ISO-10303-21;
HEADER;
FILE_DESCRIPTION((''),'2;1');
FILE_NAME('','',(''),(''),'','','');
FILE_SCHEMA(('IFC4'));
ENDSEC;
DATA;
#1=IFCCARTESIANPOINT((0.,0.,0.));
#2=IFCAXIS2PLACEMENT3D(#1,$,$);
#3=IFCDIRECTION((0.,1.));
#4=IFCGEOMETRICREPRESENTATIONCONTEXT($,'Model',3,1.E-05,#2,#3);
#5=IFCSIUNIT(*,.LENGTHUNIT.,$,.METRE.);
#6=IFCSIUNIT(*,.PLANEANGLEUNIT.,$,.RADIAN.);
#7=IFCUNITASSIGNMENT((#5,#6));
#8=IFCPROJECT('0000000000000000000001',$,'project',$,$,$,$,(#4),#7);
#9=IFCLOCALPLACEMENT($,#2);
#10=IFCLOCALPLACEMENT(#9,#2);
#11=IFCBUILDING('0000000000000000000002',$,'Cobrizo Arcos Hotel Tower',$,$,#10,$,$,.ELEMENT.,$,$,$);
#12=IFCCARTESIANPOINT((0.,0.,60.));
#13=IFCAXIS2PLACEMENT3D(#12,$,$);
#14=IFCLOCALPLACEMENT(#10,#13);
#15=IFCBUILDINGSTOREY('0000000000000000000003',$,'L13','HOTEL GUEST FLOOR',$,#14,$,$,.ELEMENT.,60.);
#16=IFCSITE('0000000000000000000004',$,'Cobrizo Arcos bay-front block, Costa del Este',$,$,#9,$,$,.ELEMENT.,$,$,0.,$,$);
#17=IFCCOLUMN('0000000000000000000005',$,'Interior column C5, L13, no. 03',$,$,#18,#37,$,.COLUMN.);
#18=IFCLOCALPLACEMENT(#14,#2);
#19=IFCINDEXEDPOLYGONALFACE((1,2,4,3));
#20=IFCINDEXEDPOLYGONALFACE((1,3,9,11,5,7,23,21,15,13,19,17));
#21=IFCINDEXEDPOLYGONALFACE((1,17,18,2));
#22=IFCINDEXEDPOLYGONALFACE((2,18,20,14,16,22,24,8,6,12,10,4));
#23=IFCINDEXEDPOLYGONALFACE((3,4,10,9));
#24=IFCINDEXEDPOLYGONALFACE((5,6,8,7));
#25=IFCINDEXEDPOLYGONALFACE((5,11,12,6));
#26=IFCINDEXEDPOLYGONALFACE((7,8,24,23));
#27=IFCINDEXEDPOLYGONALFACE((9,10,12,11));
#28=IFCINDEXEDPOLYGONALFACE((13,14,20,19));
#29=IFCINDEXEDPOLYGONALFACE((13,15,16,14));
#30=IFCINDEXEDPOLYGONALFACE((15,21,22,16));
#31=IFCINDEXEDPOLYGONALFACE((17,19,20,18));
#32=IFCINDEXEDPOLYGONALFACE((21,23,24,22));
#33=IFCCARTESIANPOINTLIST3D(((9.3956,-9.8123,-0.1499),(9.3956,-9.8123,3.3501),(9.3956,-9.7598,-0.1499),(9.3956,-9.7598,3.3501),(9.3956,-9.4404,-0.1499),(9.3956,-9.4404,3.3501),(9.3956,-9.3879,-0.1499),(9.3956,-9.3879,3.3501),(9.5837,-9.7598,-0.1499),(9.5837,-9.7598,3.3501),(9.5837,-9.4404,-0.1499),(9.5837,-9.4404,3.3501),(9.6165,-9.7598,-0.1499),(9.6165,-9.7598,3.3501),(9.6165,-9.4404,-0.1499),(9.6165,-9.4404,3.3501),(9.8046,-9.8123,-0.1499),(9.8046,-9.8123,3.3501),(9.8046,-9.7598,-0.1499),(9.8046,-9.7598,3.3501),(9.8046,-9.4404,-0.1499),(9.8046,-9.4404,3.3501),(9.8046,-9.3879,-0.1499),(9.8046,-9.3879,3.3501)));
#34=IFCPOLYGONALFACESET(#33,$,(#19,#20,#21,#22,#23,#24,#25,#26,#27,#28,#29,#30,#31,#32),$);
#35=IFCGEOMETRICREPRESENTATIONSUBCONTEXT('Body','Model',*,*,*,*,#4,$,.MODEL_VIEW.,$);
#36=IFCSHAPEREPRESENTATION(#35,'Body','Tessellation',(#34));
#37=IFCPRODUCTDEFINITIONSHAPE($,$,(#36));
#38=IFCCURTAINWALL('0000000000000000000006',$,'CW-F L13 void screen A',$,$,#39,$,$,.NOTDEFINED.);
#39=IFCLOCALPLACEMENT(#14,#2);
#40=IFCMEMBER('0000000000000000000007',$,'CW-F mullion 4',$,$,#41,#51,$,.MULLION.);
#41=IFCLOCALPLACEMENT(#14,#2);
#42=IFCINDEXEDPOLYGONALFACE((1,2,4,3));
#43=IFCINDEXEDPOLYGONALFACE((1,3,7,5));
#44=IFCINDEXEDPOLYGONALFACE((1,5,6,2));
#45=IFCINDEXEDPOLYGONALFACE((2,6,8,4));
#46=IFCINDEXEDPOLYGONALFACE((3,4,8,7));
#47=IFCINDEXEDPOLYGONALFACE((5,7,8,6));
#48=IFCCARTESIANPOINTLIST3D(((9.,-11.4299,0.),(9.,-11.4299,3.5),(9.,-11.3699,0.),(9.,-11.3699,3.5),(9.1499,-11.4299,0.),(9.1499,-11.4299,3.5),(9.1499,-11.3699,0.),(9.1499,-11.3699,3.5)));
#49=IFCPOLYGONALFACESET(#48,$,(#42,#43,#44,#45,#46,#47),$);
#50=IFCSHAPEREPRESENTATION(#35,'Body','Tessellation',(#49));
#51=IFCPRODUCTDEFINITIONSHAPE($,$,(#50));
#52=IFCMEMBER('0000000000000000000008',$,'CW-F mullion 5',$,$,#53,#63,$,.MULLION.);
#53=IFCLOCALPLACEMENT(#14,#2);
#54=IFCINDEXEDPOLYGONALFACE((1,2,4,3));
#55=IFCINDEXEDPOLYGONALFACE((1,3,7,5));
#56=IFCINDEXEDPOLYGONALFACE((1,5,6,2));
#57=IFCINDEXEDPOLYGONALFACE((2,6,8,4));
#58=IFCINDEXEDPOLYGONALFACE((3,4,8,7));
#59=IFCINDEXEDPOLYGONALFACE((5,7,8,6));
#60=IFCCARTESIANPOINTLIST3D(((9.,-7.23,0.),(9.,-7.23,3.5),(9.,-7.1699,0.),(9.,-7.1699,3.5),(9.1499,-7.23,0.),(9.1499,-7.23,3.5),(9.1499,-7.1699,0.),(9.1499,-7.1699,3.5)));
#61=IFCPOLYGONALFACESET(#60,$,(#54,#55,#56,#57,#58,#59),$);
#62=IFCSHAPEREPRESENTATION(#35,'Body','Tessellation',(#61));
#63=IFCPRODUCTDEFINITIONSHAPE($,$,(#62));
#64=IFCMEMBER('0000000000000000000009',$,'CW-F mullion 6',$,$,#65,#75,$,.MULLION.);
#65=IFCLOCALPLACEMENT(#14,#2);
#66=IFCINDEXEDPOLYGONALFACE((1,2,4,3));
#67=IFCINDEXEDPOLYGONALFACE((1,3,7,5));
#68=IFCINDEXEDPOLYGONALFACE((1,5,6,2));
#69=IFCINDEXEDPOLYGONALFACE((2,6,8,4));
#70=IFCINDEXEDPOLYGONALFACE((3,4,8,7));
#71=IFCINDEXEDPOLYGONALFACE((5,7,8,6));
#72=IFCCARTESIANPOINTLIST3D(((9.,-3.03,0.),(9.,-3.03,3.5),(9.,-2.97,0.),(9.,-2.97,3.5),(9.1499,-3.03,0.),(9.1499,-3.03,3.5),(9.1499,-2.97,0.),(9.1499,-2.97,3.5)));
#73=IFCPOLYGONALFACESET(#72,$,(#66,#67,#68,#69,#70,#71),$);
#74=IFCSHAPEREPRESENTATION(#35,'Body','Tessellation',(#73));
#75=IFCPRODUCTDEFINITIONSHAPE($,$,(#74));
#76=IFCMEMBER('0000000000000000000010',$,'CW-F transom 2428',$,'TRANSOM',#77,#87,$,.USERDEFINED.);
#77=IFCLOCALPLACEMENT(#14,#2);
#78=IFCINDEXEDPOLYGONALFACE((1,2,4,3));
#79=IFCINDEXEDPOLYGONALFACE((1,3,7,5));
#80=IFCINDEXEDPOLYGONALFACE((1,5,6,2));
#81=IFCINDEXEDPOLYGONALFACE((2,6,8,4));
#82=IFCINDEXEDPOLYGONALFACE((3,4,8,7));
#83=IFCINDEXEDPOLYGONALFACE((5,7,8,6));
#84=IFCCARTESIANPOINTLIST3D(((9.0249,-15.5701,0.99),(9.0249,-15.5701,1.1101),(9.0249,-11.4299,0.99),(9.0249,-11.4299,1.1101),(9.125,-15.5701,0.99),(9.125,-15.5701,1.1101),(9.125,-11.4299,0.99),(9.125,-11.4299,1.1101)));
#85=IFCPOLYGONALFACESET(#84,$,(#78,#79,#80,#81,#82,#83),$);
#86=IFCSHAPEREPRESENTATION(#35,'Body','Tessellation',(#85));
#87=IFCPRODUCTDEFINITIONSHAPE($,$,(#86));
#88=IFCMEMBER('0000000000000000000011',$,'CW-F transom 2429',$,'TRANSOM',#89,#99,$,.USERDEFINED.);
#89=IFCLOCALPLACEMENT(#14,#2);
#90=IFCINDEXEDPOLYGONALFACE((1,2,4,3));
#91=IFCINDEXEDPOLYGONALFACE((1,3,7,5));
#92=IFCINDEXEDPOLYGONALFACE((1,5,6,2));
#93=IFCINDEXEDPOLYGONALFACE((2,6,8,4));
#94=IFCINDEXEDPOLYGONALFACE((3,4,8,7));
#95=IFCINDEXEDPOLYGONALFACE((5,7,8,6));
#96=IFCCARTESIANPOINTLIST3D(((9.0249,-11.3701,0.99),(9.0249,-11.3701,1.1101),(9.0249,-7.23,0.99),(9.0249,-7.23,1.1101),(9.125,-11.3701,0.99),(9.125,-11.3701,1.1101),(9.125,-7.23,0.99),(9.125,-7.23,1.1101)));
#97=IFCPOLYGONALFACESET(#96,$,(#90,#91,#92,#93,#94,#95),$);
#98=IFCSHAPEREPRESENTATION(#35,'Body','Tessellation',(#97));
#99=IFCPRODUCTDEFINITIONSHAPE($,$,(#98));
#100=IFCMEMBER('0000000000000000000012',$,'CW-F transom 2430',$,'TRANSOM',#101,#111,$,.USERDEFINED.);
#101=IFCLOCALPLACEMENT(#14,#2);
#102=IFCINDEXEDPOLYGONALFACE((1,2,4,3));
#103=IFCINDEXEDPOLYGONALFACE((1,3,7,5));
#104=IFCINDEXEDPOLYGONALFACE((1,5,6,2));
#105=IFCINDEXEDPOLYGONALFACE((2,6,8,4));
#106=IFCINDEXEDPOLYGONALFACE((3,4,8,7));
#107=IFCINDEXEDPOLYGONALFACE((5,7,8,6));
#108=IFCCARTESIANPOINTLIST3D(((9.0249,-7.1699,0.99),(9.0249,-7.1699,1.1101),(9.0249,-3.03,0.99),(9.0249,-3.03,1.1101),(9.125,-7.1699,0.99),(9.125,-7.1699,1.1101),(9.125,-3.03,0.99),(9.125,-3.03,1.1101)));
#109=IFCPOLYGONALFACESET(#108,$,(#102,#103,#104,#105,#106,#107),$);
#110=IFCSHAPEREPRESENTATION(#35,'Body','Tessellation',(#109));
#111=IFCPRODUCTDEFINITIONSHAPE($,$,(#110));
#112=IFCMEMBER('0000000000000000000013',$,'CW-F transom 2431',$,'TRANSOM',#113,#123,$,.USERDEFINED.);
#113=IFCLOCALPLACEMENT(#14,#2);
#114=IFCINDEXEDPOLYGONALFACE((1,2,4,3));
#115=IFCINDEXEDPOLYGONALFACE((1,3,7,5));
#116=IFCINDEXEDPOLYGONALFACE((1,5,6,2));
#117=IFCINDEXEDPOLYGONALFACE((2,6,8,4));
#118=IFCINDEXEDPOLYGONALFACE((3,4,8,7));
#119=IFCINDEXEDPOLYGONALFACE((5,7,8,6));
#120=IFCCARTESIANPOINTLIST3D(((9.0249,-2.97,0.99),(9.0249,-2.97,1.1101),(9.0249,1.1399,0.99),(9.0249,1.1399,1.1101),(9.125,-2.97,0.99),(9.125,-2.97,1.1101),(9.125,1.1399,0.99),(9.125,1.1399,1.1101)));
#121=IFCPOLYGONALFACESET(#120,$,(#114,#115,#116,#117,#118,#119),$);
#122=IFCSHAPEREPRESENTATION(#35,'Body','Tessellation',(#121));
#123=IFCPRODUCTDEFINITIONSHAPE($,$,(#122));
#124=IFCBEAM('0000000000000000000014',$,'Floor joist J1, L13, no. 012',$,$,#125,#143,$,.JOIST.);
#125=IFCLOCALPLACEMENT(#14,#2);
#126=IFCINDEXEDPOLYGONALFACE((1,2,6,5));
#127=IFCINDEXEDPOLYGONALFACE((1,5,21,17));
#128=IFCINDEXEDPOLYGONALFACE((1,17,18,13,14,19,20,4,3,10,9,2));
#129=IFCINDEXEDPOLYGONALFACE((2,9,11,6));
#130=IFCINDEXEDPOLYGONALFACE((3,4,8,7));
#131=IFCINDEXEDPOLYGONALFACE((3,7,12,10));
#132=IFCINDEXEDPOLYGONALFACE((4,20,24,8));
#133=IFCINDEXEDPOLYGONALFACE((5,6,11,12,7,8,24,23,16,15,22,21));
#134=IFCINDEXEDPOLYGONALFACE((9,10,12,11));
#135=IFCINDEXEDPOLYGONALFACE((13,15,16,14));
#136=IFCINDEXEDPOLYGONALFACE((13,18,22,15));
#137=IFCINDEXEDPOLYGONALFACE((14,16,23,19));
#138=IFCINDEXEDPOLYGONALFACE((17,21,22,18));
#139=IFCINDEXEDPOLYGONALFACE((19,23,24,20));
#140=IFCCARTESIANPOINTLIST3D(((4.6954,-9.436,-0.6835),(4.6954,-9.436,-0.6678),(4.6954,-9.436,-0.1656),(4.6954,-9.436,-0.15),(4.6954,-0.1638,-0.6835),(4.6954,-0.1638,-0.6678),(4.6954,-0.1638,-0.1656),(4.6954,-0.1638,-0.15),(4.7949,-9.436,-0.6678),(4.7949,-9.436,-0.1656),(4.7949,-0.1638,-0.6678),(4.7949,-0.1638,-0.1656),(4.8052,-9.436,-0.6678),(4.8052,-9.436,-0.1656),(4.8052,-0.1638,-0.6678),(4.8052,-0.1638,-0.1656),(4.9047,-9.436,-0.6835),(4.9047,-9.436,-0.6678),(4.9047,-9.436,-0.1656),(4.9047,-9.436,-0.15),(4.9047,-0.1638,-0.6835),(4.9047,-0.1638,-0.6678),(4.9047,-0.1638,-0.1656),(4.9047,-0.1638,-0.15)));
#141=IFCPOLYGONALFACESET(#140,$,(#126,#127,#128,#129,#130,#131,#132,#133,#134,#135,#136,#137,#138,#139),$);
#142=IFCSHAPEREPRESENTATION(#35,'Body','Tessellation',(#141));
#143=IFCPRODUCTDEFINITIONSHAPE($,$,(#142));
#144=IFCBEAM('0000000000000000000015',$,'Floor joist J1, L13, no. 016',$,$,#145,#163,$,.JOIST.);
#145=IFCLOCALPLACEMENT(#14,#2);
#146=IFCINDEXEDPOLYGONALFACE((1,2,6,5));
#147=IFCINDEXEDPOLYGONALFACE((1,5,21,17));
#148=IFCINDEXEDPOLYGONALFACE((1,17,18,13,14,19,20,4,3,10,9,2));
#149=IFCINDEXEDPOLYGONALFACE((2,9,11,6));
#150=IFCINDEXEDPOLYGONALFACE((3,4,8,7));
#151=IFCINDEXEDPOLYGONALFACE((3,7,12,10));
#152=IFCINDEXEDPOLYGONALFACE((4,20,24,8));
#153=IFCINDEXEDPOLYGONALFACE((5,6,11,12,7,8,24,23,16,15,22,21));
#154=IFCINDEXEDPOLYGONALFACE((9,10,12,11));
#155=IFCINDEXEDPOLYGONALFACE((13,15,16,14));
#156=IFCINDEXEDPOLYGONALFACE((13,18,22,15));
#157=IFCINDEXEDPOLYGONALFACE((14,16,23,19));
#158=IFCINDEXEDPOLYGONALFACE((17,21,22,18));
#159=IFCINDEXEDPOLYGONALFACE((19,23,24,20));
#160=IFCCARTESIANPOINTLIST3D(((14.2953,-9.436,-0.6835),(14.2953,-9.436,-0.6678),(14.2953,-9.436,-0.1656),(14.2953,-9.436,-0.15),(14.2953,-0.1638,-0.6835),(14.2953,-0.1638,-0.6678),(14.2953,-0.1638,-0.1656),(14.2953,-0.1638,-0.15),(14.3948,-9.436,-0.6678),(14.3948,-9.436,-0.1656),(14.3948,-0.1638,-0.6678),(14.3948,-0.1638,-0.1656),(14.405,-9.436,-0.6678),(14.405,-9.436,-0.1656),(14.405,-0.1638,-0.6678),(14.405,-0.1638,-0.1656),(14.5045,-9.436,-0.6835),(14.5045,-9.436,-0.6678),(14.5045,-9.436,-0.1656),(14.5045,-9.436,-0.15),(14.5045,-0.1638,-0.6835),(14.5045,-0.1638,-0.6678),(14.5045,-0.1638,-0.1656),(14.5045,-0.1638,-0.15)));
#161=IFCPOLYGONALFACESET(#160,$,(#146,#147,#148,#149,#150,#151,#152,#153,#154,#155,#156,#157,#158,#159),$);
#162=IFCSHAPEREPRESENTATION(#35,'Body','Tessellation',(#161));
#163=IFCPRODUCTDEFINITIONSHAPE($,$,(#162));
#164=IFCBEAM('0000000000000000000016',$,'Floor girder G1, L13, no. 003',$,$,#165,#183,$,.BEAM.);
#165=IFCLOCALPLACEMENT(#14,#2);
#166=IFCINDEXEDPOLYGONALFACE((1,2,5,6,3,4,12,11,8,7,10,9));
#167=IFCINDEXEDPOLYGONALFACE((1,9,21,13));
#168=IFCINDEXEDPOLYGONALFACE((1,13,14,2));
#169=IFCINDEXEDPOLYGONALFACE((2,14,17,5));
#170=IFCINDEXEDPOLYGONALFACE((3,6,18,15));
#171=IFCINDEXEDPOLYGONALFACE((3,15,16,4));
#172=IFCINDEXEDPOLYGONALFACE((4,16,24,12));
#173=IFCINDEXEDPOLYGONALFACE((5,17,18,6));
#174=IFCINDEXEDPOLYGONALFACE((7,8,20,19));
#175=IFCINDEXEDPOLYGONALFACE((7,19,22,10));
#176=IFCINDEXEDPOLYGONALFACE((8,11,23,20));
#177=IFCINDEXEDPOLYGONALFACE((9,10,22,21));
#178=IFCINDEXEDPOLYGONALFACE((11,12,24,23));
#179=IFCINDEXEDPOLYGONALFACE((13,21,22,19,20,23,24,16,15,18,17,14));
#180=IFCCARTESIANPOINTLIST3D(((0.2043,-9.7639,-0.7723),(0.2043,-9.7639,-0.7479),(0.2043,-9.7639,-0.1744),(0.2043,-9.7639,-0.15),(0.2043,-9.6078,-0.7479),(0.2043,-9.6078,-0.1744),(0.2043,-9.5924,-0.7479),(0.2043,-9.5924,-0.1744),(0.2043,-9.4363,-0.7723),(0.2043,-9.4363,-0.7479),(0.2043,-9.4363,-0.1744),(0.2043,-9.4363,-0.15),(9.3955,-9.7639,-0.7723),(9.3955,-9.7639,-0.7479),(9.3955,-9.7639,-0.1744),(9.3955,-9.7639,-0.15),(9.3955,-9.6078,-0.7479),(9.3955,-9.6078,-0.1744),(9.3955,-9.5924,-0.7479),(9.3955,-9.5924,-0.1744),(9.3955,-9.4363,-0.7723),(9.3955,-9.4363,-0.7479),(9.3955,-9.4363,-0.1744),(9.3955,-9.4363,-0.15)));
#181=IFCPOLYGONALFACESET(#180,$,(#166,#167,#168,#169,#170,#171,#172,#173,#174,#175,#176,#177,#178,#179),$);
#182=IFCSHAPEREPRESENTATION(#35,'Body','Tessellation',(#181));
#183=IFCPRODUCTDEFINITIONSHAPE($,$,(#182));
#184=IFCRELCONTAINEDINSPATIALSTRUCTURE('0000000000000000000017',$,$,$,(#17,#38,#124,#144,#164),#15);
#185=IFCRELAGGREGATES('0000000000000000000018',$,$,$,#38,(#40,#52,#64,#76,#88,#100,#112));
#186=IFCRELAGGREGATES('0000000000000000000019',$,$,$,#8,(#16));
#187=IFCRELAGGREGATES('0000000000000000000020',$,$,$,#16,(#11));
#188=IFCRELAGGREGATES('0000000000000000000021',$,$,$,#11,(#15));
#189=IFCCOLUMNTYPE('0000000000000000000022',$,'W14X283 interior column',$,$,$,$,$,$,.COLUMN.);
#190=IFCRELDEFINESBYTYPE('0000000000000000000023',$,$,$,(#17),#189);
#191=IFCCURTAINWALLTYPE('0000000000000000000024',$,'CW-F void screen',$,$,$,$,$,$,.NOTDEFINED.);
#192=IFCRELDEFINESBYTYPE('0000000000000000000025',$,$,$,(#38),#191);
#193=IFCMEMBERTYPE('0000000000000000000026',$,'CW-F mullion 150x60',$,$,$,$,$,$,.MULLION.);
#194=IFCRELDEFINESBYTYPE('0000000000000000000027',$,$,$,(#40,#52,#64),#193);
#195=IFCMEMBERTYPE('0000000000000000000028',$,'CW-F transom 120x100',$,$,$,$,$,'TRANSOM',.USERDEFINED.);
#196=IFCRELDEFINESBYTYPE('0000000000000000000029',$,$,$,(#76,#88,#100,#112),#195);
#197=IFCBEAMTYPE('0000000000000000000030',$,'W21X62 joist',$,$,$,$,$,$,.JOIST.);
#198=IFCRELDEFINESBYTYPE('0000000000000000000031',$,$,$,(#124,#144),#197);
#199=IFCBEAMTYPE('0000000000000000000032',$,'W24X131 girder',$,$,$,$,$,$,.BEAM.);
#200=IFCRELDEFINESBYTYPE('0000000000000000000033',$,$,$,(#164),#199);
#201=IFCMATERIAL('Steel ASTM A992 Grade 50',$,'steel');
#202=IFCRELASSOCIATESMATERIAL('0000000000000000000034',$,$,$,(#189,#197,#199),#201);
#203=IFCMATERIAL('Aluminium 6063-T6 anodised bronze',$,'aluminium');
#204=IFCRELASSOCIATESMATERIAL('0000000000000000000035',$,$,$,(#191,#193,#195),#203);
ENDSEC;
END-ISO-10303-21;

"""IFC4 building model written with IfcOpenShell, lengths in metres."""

from ifc_helpers import new_model, si_unit, direction, frame, origin, origin_2d, place, context, subcontext, project, spatial, rectangle, i_section, extrude, material, material_profile, profile_set, type_object, element, aggregate, save


model = new_model("IFC4")

# Units and contexts
model_context = context("Model", 3, precision=1e-05, world=origin(), true_north=direction((0.0, 1.0)))
body_context = subcontext(model_context, "Body", "Model", "MODEL_VIEW")
ifc_project = project(units=[si_unit("LENGTHUNIT", "METRE"), si_unit("PLANEANGLEUNIT", "RADIAN")], contexts=[model_context])

# Site, building, storey
site_placement = place(None, origin())
site = spatial("IfcSite", under=ifc_project, at=site_placement, Name="Cobrizo Arcos bay-front block, Costa del Este", CompositionType="ELEMENT", RefElevation=0.0)
building_placement = place(site_placement, origin())
building = spatial("IfcBuilding", under=site, at=building_placement, Name="Cobrizo Arcos Hotel Tower", CompositionType="ELEMENT")
storey_placement = place(building_placement, frame((0.0, 0.0, 60.0)))
storey = spatial("IfcBuildingStorey", under=building, at=storey_placement, Name="L13", Description="HOTEL GUEST FLOOR", CompositionType="ELEMENT", Elevation=60.0)

# Column
ifc_material_1 = material(Name="Steel ASTM A992 Grade 50", Category="steel")
ifc_material_profile_1 = material_profile(ifc_material_1, i_section(OverallWidth=0.4089, OverallDepth=0.4243, WebThickness=0.0327, FlangeThickness=0.0525, at=origin_2d()), Name="W14X283")
ifc_profile_set_1 = profile_set([ifc_material_profile_1], Name="Steel ASTM A992 Grade 50")
column_type = type_object("IfcColumnType", Name="W14X283 interior column", PredefinedType="COLUMN", material=ifc_profile_set_1)
column_placement = place(storey_placement, frame((9.6001, -9.6001, -0.1499), z_axis=(0.0, 0.0, 1.0), x_axis=(1.0, 0.0, 0.0)))
element("IfcColumn", 1, at=column_placement, inside=storey, type_object=column_type, Name="Interior column C5, L13, no. 03", PredefinedType="COLUMN", context=body_context, shape_type="SweptSolid", body=[
    extrude(i_section(OverallWidth=0.4089, OverallDepth=0.4243, WebThickness=0.0327, FlangeThickness=0.0525, at=origin_2d()), origin(), (0.0, 0.0, 1.0), 3.5),
])

# Curtain wall, members
ifc_material_2 = material(Name="Aluminium 6063-T6 anodised bronze", Category="aluminium")
curtain_wall_type = type_object("IfcCurtainWallType", Name="CW-F void screen", PredefinedType="NOTDEFINED", material=ifc_material_2)
curtain_wall_placement = place(storey_placement, origin())
curtain_wall = element("IfcCurtainWall", 2, at=curtain_wall_placement, inside=storey, type_object=curtain_wall_type, Name="CW-F L13 void screen A", PredefinedType="NOTDEFINED")
ifc_material_profile_2 = material_profile(ifc_material_2, rectangle(XDim=0.1499, YDim=0.0601, at=origin_2d()), Name="CW-F mullion 150x60")
ifc_profile_set_2 = profile_set([ifc_material_profile_2], Name="Aluminium 6063-T6 anodised bronze")
member_type_1 = type_object("IfcMemberType", Name="CW-F mullion 150x60", PredefinedType="MULLION", material=ifc_profile_set_2)
member_1_placement = place(storey_placement, frame((9.075, -11.3999, 0.0), z_axis=(0.0, 0.0, 1.0), x_axis=(1.0, 0.0, 0.0)))
member_1 = element("IfcMember", 3, at=member_1_placement, type_object=member_type_1, Name="CW-F mullion 4", PredefinedType="MULLION", context=body_context, shape_type="SweptSolid", body=[
    extrude(rectangle(XDim=0.1499, YDim=0.0601, at=origin_2d()), origin(), (0.0, 0.0, 1.0), 3.5),
])
member_2_placement = place(storey_placement, frame((9.075, -7.2, 0.0), z_axis=(0.0, 0.0, 1.0), x_axis=(1.0, 0.0, 0.0)))
member_2 = element("IfcMember", 4, at=member_2_placement, type_object=member_type_1, Name="CW-F mullion 5", PredefinedType="MULLION", context=body_context, shape_type="SweptSolid", body=[
    extrude(rectangle(XDim=0.1499, YDim=0.0601, at=origin_2d()), origin(), (0.0, 0.0, 1.0), 3.5),
])
member_3_placement = place(storey_placement, frame((9.075, -3.0, 0.0), z_axis=(0.0, 0.0, 1.0), x_axis=(1.0, 0.0, 0.0)))
member_3 = element("IfcMember", 5, at=member_3_placement, type_object=member_type_1, Name="CW-F mullion 6", PredefinedType="MULLION", context=body_context, shape_type="SweptSolid", body=[
    extrude(rectangle(XDim=0.1499, YDim=0.0601, at=origin_2d()), origin(), (0.0, 0.0, 1.0), 3.5),
])
ifc_material_profile_3 = material_profile(ifc_material_2, rectangle(XDim=0.1001, YDim=0.1201, at=origin_2d()), Name="CW-F transom 120x100")
ifc_profile_set_3 = profile_set([ifc_material_profile_3], Name="Aluminium 6063-T6 anodised bronze")
member_type_2 = type_object("IfcMemberType", Name="CW-F transom 120x100", ElementType="TRANSOM", PredefinedType="USERDEFINED", material=ifc_profile_set_3)
member_4_placement = place(storey_placement, frame((9.075, -15.5701, 1.05), z_axis=(0.0, 1.0, 0.0), x_axis=(-1.0, 0.0, 0.0)))
member_4 = element("IfcMember", 6, at=member_4_placement, type_object=member_type_2, Name="CW-F transom 2428", ObjectType="TRANSOM", PredefinedType="USERDEFINED", context=body_context, shape_type="SweptSolid", body=[
    extrude(rectangle(XDim=0.1001, YDim=0.1201, at=origin_2d()), origin(), (0.0, 0.0, 1.0), 4.1401),
])
member_5_placement = place(storey_placement, frame((9.075, -11.3701, 1.05), z_axis=(0.0, 1.0, 0.0), x_axis=(-1.0, 0.0, 0.0)))
member_5 = element("IfcMember", 7, at=member_5_placement, type_object=member_type_2, Name="CW-F transom 2429", ObjectType="TRANSOM", PredefinedType="USERDEFINED", context=body_context, shape_type="SweptSolid", body=[
    extrude(rectangle(XDim=0.1001, YDim=0.1201, at=origin_2d()), origin(), (0.0, 0.0, 1.0), 4.1401),
])
member_6_placement = place(storey_placement, frame((9.075, -7.1699, 1.05), z_axis=(0.0, 1.0, 0.0), x_axis=(-1.0, 0.0, 0.0)))
member_6 = element("IfcMember", 8, at=member_6_placement, type_object=member_type_2, Name="CW-F transom 2430", ObjectType="TRANSOM", PredefinedType="USERDEFINED", context=body_context, shape_type="SweptSolid", body=[
    extrude(rectangle(XDim=0.1001, YDim=0.1201, at=origin_2d()), origin(), (0.0, 0.0, 1.0), 4.1399),
])
member_7_placement = place(storey_placement, frame((9.075, -2.97, 1.05), z_axis=(0.0, 1.0, 0.0), x_axis=(-1.0, 0.0, 0.0)))
member_7 = element("IfcMember", 9, at=member_7_placement, type_object=member_type_2, Name="CW-F transom 2431", ObjectType="TRANSOM", PredefinedType="USERDEFINED", context=body_context, shape_type="SweptSolid", body=[
    extrude(rectangle(XDim=0.1001, YDim=0.1201, at=origin_2d()), origin(), (0.0, 0.0, 1.0), 4.1099),
])

# Beams
ifc_material_profile_4 = material_profile(ifc_material_1, i_section(OverallWidth=0.2092, OverallDepth=0.5334, WebThickness=0.0103, FlangeThickness=0.0156, at=origin_2d()), Name="W21X62")
ifc_profile_set_4 = profile_set([ifc_material_profile_4], Name="Steel ASTM A992 Grade 50")
beam_type_1 = type_object("IfcBeamType", Name="W21X62 joist", PredefinedType="JOIST", material=ifc_profile_set_4)
for number, where, z_axis, x_axis, name in (
    (10, (4.8, -9.436, -0.4167), (0.0, 1.0, 0.0), (-1.0, 0.0, 0.0), "Floor joist J1, L13, no. 012"),
    (11, (14.3999, -9.436, -0.4167), (0.0, 1.0, 0.0), (-1.0, 0.0, 0.0), "Floor joist J1, L13, no. 016"),
):
    element("IfcBeam", number, at=place(storey_placement, frame(where, z_axis=z_axis, x_axis=x_axis)), inside=storey, type_object=beam_type_1, Name=name, PredefinedType="JOIST", context=body_context, shape_type="SweptSolid", body=[
        extrude(i_section(OverallWidth=0.2092, OverallDepth=0.5334, WebThickness=0.0103, FlangeThickness=0.0156, at=origin_2d()), origin(), (0.0, 0.0, 1.0), 9.2722),
    ])
ifc_material_profile_5 = material_profile(ifc_material_1, i_section(OverallWidth=0.3276, OverallDepth=0.6223, WebThickness=0.0154, FlangeThickness=0.0244, at=origin_2d()), Name="W24X131")
ifc_profile_set_5 = profile_set([ifc_material_profile_5], Name="Steel ASTM A992 Grade 50")
beam_type_2 = type_object("IfcBeamType", Name="W24X131 girder", PredefinedType="BEAM", material=ifc_profile_set_5)
beam_1_placement = place(storey_placement, frame((0.2043, -9.6001, -0.4612), z_axis=(1.0, 0.0, 0.0), x_axis=(0.0, 1.0, 0.0)))
element("IfcBeam", 12, at=beam_1_placement, inside=storey, type_object=beam_type_2, Name="Floor girder G1, L13, no. 003", PredefinedType="BEAM", context=body_context, shape_type="SweptSolid", body=[
    extrude(i_section(OverallWidth=0.3276, OverallDepth=0.6223, WebThickness=0.0154, FlangeThickness=0.0244, at=origin_2d()), origin(), (0.0, 0.0, 1.0), 9.1912),
])

aggregate(curtain_wall, [member_1, member_2, member_3, member_4, member_5, member_6, member_7])

save(model, "model.ifc")
